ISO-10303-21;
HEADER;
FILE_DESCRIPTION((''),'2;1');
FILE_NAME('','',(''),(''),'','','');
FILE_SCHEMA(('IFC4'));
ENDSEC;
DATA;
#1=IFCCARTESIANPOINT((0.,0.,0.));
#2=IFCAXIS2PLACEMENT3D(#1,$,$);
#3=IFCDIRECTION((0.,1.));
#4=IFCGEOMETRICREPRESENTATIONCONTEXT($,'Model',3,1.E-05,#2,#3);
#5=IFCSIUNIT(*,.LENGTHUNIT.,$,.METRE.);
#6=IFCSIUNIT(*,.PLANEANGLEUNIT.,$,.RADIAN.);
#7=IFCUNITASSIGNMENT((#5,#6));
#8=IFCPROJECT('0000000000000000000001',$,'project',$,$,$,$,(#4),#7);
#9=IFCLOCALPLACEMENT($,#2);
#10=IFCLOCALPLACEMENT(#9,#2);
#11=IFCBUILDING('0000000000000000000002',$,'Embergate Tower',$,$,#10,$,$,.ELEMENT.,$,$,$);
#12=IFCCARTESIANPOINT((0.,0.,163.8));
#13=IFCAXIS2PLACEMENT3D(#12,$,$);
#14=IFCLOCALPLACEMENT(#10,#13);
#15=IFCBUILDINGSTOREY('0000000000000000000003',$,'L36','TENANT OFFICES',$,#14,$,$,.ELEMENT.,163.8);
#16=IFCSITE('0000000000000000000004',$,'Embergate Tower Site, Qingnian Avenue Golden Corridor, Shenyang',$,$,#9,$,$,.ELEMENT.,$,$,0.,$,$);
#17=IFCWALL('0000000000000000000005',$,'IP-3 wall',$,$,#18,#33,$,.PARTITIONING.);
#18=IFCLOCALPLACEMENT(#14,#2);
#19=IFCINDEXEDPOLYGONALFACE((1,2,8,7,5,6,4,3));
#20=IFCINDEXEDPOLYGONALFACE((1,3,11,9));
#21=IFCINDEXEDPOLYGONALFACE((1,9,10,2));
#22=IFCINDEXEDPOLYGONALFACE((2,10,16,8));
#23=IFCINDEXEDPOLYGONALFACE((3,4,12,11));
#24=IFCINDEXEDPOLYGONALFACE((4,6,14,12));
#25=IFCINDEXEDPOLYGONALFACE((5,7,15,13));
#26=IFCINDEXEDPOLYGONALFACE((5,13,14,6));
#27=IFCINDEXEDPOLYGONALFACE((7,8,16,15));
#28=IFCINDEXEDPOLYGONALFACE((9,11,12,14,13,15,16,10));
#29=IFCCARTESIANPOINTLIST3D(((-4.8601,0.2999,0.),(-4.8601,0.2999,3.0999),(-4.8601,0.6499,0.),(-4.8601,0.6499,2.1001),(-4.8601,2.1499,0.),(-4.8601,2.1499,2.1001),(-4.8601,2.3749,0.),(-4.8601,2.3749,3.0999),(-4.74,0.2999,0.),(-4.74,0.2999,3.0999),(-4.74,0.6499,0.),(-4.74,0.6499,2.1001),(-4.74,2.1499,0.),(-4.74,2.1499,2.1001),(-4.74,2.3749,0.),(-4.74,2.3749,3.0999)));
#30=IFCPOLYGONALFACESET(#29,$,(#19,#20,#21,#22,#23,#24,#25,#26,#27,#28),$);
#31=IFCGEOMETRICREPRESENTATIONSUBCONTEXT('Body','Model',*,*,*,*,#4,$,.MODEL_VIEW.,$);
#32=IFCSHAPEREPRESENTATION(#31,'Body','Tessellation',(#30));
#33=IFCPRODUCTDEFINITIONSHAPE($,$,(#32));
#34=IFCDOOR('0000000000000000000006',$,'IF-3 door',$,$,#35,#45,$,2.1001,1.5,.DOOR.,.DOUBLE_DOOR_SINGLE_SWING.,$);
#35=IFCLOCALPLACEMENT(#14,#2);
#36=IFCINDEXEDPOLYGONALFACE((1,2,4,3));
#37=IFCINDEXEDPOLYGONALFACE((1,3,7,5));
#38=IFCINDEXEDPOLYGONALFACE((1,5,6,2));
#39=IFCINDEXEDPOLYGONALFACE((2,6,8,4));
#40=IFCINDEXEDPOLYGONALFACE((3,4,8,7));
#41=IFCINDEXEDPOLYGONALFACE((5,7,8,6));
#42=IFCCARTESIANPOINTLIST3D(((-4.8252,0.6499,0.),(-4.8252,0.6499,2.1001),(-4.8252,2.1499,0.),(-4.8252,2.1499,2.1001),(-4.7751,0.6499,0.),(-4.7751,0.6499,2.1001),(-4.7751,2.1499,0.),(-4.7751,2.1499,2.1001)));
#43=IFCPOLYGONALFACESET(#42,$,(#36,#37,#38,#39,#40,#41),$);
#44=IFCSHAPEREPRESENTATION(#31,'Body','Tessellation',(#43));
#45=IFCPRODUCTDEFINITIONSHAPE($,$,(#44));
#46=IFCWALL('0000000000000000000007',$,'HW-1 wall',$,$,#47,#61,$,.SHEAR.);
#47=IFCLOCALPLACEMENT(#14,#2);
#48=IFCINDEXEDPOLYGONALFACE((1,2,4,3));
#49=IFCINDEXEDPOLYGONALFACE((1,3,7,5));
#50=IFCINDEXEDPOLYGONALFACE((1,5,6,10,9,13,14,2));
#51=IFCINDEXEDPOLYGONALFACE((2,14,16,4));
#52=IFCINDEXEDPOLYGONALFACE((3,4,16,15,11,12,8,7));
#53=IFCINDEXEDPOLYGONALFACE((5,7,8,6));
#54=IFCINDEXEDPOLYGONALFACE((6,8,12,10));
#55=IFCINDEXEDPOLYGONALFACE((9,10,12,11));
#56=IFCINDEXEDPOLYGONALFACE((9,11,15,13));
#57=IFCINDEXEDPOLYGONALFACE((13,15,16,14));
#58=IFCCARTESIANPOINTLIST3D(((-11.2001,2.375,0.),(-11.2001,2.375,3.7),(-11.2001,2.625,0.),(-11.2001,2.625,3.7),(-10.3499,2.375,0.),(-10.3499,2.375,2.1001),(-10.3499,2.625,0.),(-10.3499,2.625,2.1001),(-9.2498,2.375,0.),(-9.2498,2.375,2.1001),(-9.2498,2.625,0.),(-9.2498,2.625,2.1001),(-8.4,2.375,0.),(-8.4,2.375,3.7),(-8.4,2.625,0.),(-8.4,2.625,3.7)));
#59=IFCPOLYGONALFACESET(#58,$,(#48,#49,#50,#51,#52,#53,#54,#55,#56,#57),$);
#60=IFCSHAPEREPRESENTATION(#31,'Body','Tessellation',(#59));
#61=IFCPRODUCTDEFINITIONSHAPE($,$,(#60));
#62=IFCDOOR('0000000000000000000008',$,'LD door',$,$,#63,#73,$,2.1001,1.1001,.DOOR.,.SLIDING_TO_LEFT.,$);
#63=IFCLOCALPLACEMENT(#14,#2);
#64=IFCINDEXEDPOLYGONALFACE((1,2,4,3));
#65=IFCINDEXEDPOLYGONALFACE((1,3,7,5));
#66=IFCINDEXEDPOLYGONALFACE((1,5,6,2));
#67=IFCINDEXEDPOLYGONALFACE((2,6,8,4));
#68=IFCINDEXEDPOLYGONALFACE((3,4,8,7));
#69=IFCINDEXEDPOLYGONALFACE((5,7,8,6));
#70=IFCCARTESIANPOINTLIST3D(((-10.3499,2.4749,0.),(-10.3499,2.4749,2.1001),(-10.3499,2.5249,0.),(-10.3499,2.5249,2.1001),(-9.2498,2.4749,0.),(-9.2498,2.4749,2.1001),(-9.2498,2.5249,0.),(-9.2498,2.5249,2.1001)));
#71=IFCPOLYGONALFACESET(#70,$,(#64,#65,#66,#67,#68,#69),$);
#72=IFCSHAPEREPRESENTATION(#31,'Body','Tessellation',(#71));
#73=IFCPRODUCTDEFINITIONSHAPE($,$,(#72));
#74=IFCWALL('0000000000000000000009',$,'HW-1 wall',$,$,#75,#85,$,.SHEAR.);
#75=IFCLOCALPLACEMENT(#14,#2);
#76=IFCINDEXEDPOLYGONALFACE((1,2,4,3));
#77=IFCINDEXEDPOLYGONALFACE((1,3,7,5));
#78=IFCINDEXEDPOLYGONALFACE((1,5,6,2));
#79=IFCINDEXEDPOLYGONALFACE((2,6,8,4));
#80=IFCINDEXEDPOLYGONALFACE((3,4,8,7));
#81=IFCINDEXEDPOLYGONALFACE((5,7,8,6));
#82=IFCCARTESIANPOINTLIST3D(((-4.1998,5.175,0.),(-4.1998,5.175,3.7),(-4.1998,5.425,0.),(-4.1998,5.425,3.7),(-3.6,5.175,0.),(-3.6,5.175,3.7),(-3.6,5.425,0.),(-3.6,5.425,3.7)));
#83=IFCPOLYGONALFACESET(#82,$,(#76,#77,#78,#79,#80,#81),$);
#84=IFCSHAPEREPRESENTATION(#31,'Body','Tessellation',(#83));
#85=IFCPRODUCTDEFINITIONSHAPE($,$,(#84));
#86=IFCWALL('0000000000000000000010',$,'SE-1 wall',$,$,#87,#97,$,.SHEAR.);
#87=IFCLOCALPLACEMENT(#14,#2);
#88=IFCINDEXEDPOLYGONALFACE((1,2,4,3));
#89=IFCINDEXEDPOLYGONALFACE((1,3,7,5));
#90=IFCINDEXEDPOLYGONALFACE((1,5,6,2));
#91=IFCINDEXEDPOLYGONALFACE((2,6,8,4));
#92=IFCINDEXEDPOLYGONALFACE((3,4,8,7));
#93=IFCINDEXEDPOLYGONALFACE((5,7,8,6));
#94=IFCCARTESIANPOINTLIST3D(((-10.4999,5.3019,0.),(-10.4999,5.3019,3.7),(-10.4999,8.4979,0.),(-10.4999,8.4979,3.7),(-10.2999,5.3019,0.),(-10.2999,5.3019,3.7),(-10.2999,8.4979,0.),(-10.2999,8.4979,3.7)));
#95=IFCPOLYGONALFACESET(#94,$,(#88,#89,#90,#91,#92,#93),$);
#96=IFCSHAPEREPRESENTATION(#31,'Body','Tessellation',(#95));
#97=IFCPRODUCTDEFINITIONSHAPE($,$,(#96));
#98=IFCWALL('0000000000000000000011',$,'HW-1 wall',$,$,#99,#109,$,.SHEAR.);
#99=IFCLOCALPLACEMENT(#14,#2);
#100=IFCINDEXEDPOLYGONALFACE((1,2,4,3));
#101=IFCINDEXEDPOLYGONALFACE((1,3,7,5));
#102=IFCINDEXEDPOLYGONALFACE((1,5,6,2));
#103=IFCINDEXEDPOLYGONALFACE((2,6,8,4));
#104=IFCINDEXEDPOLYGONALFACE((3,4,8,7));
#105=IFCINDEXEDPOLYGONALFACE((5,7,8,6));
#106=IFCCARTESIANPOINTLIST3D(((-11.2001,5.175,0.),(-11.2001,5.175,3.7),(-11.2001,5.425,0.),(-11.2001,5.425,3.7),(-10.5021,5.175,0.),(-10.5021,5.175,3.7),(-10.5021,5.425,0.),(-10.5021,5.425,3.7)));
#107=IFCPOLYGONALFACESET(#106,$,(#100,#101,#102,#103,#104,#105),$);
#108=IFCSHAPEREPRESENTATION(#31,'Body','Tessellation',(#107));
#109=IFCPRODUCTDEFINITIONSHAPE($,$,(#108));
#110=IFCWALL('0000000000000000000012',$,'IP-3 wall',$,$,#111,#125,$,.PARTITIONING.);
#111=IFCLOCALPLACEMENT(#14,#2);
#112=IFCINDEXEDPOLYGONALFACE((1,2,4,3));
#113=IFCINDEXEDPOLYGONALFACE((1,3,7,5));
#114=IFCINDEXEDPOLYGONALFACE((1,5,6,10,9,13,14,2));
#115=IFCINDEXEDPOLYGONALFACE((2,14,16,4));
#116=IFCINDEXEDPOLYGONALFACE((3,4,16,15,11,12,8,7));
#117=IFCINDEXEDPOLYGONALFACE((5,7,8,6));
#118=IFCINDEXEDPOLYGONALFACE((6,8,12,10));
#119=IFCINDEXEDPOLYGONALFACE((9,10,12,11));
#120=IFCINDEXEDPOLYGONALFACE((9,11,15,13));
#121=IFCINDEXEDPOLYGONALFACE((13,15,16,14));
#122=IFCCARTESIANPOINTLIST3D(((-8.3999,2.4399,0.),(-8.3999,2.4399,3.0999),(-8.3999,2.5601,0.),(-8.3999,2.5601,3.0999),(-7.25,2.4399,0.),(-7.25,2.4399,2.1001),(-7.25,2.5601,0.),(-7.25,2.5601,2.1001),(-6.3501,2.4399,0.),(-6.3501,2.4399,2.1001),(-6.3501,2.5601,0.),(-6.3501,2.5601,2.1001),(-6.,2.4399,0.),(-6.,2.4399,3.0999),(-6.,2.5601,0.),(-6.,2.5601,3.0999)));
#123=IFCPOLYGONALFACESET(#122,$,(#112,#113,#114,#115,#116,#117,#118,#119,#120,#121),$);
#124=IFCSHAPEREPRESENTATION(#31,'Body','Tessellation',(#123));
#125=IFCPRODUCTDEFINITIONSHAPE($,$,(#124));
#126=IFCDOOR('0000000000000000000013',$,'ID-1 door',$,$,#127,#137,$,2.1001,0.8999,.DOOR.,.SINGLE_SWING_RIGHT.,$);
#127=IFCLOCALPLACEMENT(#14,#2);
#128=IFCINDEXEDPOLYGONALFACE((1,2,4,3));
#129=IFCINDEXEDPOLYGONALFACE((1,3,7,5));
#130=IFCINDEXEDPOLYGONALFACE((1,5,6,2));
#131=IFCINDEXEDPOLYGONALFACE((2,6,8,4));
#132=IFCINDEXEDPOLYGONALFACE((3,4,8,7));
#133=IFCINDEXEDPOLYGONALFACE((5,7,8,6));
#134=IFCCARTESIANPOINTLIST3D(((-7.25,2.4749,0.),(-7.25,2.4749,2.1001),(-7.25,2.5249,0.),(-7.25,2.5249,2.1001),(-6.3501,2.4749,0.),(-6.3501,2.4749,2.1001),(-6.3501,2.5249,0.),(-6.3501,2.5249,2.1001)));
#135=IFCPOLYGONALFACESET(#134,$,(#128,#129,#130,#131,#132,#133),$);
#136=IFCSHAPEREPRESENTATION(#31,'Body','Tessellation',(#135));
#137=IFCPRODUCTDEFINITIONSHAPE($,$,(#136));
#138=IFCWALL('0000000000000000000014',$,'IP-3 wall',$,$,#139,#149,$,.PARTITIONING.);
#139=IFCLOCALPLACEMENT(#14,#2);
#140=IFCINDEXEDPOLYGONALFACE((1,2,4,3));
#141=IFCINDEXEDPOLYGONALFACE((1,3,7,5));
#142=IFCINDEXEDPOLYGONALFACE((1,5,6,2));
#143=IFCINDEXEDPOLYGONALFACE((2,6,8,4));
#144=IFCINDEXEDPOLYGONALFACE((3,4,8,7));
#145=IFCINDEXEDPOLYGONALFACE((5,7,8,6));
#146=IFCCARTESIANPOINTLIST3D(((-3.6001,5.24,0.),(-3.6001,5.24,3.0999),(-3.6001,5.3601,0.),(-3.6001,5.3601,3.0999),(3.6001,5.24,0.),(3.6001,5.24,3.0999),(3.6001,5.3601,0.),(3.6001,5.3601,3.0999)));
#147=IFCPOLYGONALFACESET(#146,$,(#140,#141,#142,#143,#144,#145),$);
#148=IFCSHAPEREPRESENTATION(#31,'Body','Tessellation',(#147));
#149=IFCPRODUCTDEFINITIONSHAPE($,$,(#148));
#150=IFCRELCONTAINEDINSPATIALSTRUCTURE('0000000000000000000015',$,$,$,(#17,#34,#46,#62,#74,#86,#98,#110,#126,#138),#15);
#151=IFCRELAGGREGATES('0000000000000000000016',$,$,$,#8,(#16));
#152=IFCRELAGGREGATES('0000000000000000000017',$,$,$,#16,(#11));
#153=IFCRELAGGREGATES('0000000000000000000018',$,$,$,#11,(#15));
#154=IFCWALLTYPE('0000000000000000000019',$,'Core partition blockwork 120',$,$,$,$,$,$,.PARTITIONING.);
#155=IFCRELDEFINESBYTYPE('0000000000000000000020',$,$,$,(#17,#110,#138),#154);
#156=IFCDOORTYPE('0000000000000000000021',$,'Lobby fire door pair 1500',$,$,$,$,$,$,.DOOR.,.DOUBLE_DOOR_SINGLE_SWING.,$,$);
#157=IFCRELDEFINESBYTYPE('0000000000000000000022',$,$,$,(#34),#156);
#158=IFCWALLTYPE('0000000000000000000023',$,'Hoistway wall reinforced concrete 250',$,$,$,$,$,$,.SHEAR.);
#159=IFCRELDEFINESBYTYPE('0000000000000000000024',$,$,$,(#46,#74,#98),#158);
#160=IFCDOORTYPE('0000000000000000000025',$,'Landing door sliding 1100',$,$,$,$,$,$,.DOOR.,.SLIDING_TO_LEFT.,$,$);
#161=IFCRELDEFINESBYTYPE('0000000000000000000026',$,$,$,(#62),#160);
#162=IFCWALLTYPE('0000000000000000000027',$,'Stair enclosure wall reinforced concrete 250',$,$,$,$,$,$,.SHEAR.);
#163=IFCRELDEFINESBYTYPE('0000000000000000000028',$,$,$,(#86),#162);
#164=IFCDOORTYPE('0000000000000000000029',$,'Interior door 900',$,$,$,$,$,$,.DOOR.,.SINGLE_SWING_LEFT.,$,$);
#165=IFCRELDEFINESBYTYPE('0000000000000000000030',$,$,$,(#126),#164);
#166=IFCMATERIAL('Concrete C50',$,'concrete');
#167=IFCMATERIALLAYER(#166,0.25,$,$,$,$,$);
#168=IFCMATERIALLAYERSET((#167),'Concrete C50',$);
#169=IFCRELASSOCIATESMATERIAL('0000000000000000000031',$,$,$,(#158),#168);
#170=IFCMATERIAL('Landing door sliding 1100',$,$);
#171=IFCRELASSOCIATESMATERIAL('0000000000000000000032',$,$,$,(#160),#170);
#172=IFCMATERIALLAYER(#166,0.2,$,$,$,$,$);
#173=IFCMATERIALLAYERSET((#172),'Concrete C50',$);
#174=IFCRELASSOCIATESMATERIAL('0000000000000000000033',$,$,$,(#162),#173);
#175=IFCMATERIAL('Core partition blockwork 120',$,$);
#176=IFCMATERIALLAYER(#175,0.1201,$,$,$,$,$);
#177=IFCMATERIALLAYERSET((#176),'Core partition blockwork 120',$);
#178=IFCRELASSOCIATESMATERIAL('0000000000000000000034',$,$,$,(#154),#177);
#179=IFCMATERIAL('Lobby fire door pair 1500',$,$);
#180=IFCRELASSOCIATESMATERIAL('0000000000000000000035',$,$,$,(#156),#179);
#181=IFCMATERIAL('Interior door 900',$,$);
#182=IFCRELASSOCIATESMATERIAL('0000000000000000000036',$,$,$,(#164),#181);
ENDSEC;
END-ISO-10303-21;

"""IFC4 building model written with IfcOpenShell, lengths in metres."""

from ifc_helpers import new_model, si_unit, direction, frame, frame_2d, origin, place, context, subcontext, project, spatial, rectangle, extrude, source, transform, mapped, material, layer, layer_set, type_object, element, fill, save


model = new_model("IFC4")

# Units and contexts
model_context = context("Model", 3, precision=1e-05, world=origin(), true_north=direction((0.0, 1.0)))
body_context = subcontext(model_context, "Body", "Model", "MODEL_VIEW")
ifc_project = project(units=[si_unit("LENGTHUNIT", "METRE"), si_unit("PLANEANGLEUNIT", "RADIAN")], contexts=[model_context])

# Site, building, storey
site_placement = place(None, origin())
site = spatial("IfcSite", under=ifc_project, at=site_placement, Name="Embergate Tower Site, Qingnian Avenue Golden Corridor, Shenyang", CompositionType="ELEMENT", RefElevation=0.0)
building_placement = place(site_placement, origin())
building = spatial("IfcBuilding", under=site, at=building_placement, Name="Embergate Tower", CompositionType="ELEMENT")
storey_placement = place(building_placement, frame((0.0, 0.0, 163.8)))
storey = spatial("IfcBuildingStorey", under=building, at=storey_placement, Name="L36", Description="TENANT OFFICES", CompositionType="ELEMENT", Elevation=163.8)

# Shared definitions
ifc_material_1 = material(Name="Concrete C50", Category="concrete")
ifc_layer_1 = layer(ifc_material_1, 0.25)
ifc_layer_set_1 = layer_set([ifc_layer_1], Name="Concrete C50")
wall_type_1 = type_object("IfcWallType", Name="Hoistway wall reinforced concrete 250", PredefinedType="SHEAR", material=ifc_layer_set_1)

# Shared definitions
shared_shape_1 = source(origin(), body_context, "Body", "SweptSolid", [
    extrude(rectangle(XDim=1.1001, YDim=2.1001, at=frame_2d((0.55, 1.05))), frame((0.0, 0.135, 0.0), z_axis=(0.0, -1.0, 0.0), x_axis=(1.0, 0.0, 0.0)), (0.0, 0.0, 1.0), 0.27),
])
ifc_material_2 = material(Name="Landing door sliding 1100")
door_type_1 = type_object("IfcDoorType", Name="Landing door sliding 1100", OperationType="SLIDING_TO_LEFT", PredefinedType="DOOR", material=ifc_material_2)
shared_shape_2 = source(origin(), body_context, "Body", "SweptSolid", [
    extrude(rectangle(XDim=1.1001, YDim=2.1001, at=frame_2d((0.55, 1.05))), frame((0.0, 0.0249, 0.0), z_axis=(0.0, -1.0, 0.0), x_axis=(1.0, 0.0, 0.0)), (0.0, 0.0, 1.0), 0.05),
])

# Shared definitions
ifc_layer_2 = layer(ifc_material_1, 0.2)
ifc_layer_set_2 = layer_set([ifc_layer_2], Name="Concrete C50")
wall_type_2 = type_object("IfcWallType", Name="Stair enclosure wall reinforced concrete 250", PredefinedType="SHEAR", material=ifc_layer_set_2)

# Walls, openings, doors
ifc_material_3 = material(Name="Core partition blockwork 120")
ifc_layer_3 = layer(ifc_material_3, 0.1201)
ifc_layer_set_3 = layer_set([ifc_layer_3], Name="Core partition blockwork 120")
wall_type_3 = type_object("IfcWallType", Name="Core partition blockwork 120", PredefinedType="PARTITIONING", material=ifc_layer_set_3)
shared_shape_3 = source(origin(), body_context, "Body", "SweptSolid", [
    extrude(rectangle(XDim=2.075, YDim=0.1201, at=frame_2d((1.0376, 0.0))), origin(), (0.0, 0.0, 1.0), 3.0999),
])
wall_1_placement = place(storey_placement, frame((-4.8, 2.375, 0.0), z_axis=(0.0, 0.0, 1.0), x_axis=(0.0, -1.0, 0.0)))
wall_1 = element("IfcWall", 1, at=wall_1_placement, inside=storey, type_object=wall_type_3, Name="IP-3 wall", PredefinedType="PARTITIONING", context=body_context, shape_type="MappedRepresentation", body=[
    mapped(shared_shape_3, transform((0.0, 0.0, 0.0))),
])
shared_shape_4 = source(origin(), body_context, "Body", "SweptSolid", [
    extrude(rectangle(XDim=1.5, YDim=2.1001, at=frame_2d((0.75, 1.05))), frame((0.0, 0.0701, 0.0), z_axis=(0.0, -1.0, 0.0), x_axis=(1.0, 0.0, 0.0)), (0.0, 0.0, 1.0), 0.1401),
])
opening_1_placement = place(wall_1_placement, frame((0.2251, 0.0, 0.0)))
opening_1 = element("IfcOpeningElement", 2, at=opening_1_placement, cuts=wall_1, PredefinedType="OPENING", context=body_context, shape_type="MappedRepresentation", body=[
    mapped(shared_shape_4, transform((0.0, 0.0, 0.0))),
])
ifc_material_4 = material(Name="Lobby fire door pair 1500")
door_type_2 = type_object("IfcDoorType", Name="Lobby fire door pair 1500", OperationType="DOUBLE_DOOR_SINGLE_SWING", PredefinedType="DOOR", material=ifc_material_4)
shared_shape_5 = source(origin(), body_context, "Body", "SweptSolid", [
    extrude(rectangle(XDim=1.5, YDim=2.1001, at=frame_2d((0.75, 1.05))), frame((0.0, 0.0249, 0.0), z_axis=(0.0, -1.0, 0.0), x_axis=(1.0, 0.0, 0.0)), (0.0, 0.0, 1.0), 0.05),
])
door_1_placement = place(opening_1_placement, origin())
door_1 = element("IfcDoor", 3, at=door_1_placement, inside=storey, type_object=door_type_2, Name="IF-3 door", OperationType="DOUBLE_DOOR_SINGLE_SWING", OverallHeight=2.1001, OverallWidth=1.5, PredefinedType="DOOR", context=body_context, shape_type="MappedRepresentation", body=[
    mapped(shared_shape_5, transform((0.0, 0.0, 0.0))),
])
fill(opening_1, door_1)
shared_shape_6 = source(origin(), body_context, "Body", "SweptSolid", [
    extrude(rectangle(XDim=2.8, YDim=0.25, at=frame_2d((1.3999, 0.0))), origin(), (0.0, 0.0, 1.0), 3.7),
])
wall_2_placement = place(storey_placement, frame((-11.2, 2.5, 0.0), z_axis=(0.0, 0.0, 1.0), x_axis=(1.0, 0.0, 0.0)))
wall_2 = element("IfcWall", 4, at=wall_2_placement, inside=storey, type_object=wall_type_1, Name="HW-1 wall", PredefinedType="SHEAR", context=body_context, shape_type="MappedRepresentation", body=[
    mapped(shared_shape_6, transform((0.0, 0.0, 0.0))),
])
opening_2_placement = place(wall_2_placement, frame((0.8501, 0.0, 0.0)))
opening_2 = element("IfcOpeningElement", 5, at=opening_2_placement, cuts=wall_2, PredefinedType="OPENING", context=body_context, shape_type="MappedRepresentation", body=[
    mapped(shared_shape_1, transform((0.0, 0.0, 0.0))),
])
door_2_placement = place(opening_2_placement, origin())
door_2 = element("IfcDoor", 6, at=door_2_placement, inside=storey, type_object=door_type_1, Name="LD door", OperationType="SLIDING_TO_LEFT", OverallHeight=2.1001, OverallWidth=1.1001, PredefinedType="DOOR", context=body_context, shape_type="MappedRepresentation", body=[
    mapped(shared_shape_2, transform((0.0, 0.0, 0.0))),
])
fill(opening_2, door_2)

# Walls
shared_shape_7 = source(origin(), body_context, "Body", "SweptSolid", [
    extrude(rectangle(XDim=0.5999, YDim=0.25, at=frame_2d((0.2998, 0.0))), origin(), (0.0, 0.0, 1.0), 3.7),
])
wall_3_placement = place(storey_placement, frame((-3.6001, 5.3, 0.0), z_axis=(0.0, 0.0, 1.0), x_axis=(-1.0, 0.0, 0.0)))
element("IfcWall", 7, at=wall_3_placement, inside=storey, type_object=wall_type_1, Name="HW-1 wall", PredefinedType="SHEAR", context=body_context, shape_type="MappedRepresentation", body=[
    mapped(shared_shape_7, transform((0.0, 0.0, 0.0))),
])
shared_shape_8 = source(origin(), body_context, "Body", "SweptSolid", [
    extrude(rectangle(XDim=3.196, YDim=0.2, at=frame_2d((1.5981, 0.0))), origin(), (0.0, 0.0, 1.0), 3.7),
])
wall_4_placement = place(storey_placement, frame((-10.3999, 8.498, 0.0), z_axis=(0.0, 0.0, 1.0), x_axis=(0.0, -1.0, 0.0)))
element("IfcWall", 8, at=wall_4_placement, inside=storey, type_object=wall_type_2, Name="SE-1 wall", PredefinedType="SHEAR", context=body_context, shape_type="MappedRepresentation", body=[
    mapped(shared_shape_8, transform((0.0, 0.0, 0.0))),
])
shared_shape_9 = source(origin(), body_context, "Body", "SweptSolid", [
    extrude(rectangle(XDim=0.698, YDim=0.25, at=frame_2d((0.3491, 0.0))), origin(), (0.0, 0.0, 1.0), 3.7),
])
wall_5_placement = place(storey_placement, frame((-10.502, 5.3, 0.0), z_axis=(0.0, 0.0, 1.0), x_axis=(-1.0, 0.0, 0.0)))
element("IfcWall", 9, at=wall_5_placement, inside=storey, type_object=wall_type_1, Name="HW-1 wall", PredefinedType="SHEAR", context=body_context, shape_type="MappedRepresentation", body=[
    mapped(shared_shape_9, transform((0.0, 0.0, 0.0))),
])

# Wall, opening, door
shared_shape_10 = source(origin(), body_context, "Body", "SweptSolid", [
    extrude(rectangle(XDim=2.3999, YDim=0.1201, at=frame_2d((1.2, 0.0))), origin(), (0.0, 0.0, 1.0), 3.0999),
])
wall_6_placement = place(storey_placement, frame((-8.3999, 2.5, 0.0), z_axis=(0.0, 0.0, 1.0), x_axis=(1.0, 0.0, 0.0)))
wall_6 = element("IfcWall", 10, at=wall_6_placement, inside=storey, type_object=wall_type_3, Name="IP-3 wall", PredefinedType="PARTITIONING", context=body_context, shape_type="MappedRepresentation", body=[
    mapped(shared_shape_10, transform((0.0, 0.0, 0.0))),
])
shared_shape_11 = source(origin(), body_context, "Body", "SweptSolid", [
    extrude(rectangle(XDim=0.8999, YDim=2.1001, at=frame_2d((0.45, 1.05))), frame((0.0, 0.0701, 0.0), z_axis=(0.0, -1.0, 0.0), x_axis=(1.0, 0.0, 0.0)), (0.0, 0.0, 1.0), 0.1401),
])
opening_3_placement = place(wall_6_placement, frame((1.1499, 0.0, 0.0)))
opening_3 = element("IfcOpeningElement", 11, at=opening_3_placement, cuts=wall_6, PredefinedType="OPENING", context=body_context, shape_type="MappedRepresentation", body=[
    mapped(shared_shape_11, transform((0.0, 0.0, 0.0))),
])
ifc_material_5 = material(Name="Interior door 900")
door_type_3 = type_object("IfcDoorType", Name="Interior door 900", OperationType="SINGLE_SWING_LEFT", PredefinedType="DOOR", material=ifc_material_5)
shared_shape_12 = source(origin(), body_context, "Body", "SweptSolid", [
    extrude(rectangle(XDim=0.8999, YDim=2.1001, at=frame_2d((0.45, 1.05))), frame((0.0, 0.0249, 0.0), z_axis=(0.0, -1.0, 0.0), x_axis=(1.0, 0.0, 0.0)), (0.0, 0.0, 1.0), 0.05),
])
door_3_placement = place(opening_3_placement, origin())
door_3 = element("IfcDoor", 12, at=door_3_placement, inside=storey, type_object=door_type_3, Name="ID-1 door", OperationType="SINGLE_SWING_RIGHT", OverallHeight=2.1001, OverallWidth=0.8999, PredefinedType="DOOR", context=body_context, shape_type="MappedRepresentation", body=[
    mapped(shared_shape_12, transform((0.0, 0.0, 0.0))),
])
fill(opening_3, door_3)

# Wall
shared_shape_13 = source(origin(), body_context, "Body", "SweptSolid", [
    extrude(rectangle(XDim=7.2002, YDim=0.1201, at=frame_2d((3.6001, 0.0))), origin(), (0.0, 0.0, 1.0), 3.0999),
])
wall_7_placement = place(storey_placement, frame((-3.6001, 5.3, 0.0), z_axis=(0.0, 0.0, 1.0), x_axis=(1.0, 0.0, 0.0)))
element("IfcWall", 13, at=wall_7_placement, inside=storey, type_object=wall_type_3, Name="IP-3 wall", PredefinedType="PARTITIONING", context=body_context, shape_type="MappedRepresentation", body=[
    mapped(shared_shape_13, transform((0.0, 0.0, 0.0))),
])

save(model, "model.ifc")
